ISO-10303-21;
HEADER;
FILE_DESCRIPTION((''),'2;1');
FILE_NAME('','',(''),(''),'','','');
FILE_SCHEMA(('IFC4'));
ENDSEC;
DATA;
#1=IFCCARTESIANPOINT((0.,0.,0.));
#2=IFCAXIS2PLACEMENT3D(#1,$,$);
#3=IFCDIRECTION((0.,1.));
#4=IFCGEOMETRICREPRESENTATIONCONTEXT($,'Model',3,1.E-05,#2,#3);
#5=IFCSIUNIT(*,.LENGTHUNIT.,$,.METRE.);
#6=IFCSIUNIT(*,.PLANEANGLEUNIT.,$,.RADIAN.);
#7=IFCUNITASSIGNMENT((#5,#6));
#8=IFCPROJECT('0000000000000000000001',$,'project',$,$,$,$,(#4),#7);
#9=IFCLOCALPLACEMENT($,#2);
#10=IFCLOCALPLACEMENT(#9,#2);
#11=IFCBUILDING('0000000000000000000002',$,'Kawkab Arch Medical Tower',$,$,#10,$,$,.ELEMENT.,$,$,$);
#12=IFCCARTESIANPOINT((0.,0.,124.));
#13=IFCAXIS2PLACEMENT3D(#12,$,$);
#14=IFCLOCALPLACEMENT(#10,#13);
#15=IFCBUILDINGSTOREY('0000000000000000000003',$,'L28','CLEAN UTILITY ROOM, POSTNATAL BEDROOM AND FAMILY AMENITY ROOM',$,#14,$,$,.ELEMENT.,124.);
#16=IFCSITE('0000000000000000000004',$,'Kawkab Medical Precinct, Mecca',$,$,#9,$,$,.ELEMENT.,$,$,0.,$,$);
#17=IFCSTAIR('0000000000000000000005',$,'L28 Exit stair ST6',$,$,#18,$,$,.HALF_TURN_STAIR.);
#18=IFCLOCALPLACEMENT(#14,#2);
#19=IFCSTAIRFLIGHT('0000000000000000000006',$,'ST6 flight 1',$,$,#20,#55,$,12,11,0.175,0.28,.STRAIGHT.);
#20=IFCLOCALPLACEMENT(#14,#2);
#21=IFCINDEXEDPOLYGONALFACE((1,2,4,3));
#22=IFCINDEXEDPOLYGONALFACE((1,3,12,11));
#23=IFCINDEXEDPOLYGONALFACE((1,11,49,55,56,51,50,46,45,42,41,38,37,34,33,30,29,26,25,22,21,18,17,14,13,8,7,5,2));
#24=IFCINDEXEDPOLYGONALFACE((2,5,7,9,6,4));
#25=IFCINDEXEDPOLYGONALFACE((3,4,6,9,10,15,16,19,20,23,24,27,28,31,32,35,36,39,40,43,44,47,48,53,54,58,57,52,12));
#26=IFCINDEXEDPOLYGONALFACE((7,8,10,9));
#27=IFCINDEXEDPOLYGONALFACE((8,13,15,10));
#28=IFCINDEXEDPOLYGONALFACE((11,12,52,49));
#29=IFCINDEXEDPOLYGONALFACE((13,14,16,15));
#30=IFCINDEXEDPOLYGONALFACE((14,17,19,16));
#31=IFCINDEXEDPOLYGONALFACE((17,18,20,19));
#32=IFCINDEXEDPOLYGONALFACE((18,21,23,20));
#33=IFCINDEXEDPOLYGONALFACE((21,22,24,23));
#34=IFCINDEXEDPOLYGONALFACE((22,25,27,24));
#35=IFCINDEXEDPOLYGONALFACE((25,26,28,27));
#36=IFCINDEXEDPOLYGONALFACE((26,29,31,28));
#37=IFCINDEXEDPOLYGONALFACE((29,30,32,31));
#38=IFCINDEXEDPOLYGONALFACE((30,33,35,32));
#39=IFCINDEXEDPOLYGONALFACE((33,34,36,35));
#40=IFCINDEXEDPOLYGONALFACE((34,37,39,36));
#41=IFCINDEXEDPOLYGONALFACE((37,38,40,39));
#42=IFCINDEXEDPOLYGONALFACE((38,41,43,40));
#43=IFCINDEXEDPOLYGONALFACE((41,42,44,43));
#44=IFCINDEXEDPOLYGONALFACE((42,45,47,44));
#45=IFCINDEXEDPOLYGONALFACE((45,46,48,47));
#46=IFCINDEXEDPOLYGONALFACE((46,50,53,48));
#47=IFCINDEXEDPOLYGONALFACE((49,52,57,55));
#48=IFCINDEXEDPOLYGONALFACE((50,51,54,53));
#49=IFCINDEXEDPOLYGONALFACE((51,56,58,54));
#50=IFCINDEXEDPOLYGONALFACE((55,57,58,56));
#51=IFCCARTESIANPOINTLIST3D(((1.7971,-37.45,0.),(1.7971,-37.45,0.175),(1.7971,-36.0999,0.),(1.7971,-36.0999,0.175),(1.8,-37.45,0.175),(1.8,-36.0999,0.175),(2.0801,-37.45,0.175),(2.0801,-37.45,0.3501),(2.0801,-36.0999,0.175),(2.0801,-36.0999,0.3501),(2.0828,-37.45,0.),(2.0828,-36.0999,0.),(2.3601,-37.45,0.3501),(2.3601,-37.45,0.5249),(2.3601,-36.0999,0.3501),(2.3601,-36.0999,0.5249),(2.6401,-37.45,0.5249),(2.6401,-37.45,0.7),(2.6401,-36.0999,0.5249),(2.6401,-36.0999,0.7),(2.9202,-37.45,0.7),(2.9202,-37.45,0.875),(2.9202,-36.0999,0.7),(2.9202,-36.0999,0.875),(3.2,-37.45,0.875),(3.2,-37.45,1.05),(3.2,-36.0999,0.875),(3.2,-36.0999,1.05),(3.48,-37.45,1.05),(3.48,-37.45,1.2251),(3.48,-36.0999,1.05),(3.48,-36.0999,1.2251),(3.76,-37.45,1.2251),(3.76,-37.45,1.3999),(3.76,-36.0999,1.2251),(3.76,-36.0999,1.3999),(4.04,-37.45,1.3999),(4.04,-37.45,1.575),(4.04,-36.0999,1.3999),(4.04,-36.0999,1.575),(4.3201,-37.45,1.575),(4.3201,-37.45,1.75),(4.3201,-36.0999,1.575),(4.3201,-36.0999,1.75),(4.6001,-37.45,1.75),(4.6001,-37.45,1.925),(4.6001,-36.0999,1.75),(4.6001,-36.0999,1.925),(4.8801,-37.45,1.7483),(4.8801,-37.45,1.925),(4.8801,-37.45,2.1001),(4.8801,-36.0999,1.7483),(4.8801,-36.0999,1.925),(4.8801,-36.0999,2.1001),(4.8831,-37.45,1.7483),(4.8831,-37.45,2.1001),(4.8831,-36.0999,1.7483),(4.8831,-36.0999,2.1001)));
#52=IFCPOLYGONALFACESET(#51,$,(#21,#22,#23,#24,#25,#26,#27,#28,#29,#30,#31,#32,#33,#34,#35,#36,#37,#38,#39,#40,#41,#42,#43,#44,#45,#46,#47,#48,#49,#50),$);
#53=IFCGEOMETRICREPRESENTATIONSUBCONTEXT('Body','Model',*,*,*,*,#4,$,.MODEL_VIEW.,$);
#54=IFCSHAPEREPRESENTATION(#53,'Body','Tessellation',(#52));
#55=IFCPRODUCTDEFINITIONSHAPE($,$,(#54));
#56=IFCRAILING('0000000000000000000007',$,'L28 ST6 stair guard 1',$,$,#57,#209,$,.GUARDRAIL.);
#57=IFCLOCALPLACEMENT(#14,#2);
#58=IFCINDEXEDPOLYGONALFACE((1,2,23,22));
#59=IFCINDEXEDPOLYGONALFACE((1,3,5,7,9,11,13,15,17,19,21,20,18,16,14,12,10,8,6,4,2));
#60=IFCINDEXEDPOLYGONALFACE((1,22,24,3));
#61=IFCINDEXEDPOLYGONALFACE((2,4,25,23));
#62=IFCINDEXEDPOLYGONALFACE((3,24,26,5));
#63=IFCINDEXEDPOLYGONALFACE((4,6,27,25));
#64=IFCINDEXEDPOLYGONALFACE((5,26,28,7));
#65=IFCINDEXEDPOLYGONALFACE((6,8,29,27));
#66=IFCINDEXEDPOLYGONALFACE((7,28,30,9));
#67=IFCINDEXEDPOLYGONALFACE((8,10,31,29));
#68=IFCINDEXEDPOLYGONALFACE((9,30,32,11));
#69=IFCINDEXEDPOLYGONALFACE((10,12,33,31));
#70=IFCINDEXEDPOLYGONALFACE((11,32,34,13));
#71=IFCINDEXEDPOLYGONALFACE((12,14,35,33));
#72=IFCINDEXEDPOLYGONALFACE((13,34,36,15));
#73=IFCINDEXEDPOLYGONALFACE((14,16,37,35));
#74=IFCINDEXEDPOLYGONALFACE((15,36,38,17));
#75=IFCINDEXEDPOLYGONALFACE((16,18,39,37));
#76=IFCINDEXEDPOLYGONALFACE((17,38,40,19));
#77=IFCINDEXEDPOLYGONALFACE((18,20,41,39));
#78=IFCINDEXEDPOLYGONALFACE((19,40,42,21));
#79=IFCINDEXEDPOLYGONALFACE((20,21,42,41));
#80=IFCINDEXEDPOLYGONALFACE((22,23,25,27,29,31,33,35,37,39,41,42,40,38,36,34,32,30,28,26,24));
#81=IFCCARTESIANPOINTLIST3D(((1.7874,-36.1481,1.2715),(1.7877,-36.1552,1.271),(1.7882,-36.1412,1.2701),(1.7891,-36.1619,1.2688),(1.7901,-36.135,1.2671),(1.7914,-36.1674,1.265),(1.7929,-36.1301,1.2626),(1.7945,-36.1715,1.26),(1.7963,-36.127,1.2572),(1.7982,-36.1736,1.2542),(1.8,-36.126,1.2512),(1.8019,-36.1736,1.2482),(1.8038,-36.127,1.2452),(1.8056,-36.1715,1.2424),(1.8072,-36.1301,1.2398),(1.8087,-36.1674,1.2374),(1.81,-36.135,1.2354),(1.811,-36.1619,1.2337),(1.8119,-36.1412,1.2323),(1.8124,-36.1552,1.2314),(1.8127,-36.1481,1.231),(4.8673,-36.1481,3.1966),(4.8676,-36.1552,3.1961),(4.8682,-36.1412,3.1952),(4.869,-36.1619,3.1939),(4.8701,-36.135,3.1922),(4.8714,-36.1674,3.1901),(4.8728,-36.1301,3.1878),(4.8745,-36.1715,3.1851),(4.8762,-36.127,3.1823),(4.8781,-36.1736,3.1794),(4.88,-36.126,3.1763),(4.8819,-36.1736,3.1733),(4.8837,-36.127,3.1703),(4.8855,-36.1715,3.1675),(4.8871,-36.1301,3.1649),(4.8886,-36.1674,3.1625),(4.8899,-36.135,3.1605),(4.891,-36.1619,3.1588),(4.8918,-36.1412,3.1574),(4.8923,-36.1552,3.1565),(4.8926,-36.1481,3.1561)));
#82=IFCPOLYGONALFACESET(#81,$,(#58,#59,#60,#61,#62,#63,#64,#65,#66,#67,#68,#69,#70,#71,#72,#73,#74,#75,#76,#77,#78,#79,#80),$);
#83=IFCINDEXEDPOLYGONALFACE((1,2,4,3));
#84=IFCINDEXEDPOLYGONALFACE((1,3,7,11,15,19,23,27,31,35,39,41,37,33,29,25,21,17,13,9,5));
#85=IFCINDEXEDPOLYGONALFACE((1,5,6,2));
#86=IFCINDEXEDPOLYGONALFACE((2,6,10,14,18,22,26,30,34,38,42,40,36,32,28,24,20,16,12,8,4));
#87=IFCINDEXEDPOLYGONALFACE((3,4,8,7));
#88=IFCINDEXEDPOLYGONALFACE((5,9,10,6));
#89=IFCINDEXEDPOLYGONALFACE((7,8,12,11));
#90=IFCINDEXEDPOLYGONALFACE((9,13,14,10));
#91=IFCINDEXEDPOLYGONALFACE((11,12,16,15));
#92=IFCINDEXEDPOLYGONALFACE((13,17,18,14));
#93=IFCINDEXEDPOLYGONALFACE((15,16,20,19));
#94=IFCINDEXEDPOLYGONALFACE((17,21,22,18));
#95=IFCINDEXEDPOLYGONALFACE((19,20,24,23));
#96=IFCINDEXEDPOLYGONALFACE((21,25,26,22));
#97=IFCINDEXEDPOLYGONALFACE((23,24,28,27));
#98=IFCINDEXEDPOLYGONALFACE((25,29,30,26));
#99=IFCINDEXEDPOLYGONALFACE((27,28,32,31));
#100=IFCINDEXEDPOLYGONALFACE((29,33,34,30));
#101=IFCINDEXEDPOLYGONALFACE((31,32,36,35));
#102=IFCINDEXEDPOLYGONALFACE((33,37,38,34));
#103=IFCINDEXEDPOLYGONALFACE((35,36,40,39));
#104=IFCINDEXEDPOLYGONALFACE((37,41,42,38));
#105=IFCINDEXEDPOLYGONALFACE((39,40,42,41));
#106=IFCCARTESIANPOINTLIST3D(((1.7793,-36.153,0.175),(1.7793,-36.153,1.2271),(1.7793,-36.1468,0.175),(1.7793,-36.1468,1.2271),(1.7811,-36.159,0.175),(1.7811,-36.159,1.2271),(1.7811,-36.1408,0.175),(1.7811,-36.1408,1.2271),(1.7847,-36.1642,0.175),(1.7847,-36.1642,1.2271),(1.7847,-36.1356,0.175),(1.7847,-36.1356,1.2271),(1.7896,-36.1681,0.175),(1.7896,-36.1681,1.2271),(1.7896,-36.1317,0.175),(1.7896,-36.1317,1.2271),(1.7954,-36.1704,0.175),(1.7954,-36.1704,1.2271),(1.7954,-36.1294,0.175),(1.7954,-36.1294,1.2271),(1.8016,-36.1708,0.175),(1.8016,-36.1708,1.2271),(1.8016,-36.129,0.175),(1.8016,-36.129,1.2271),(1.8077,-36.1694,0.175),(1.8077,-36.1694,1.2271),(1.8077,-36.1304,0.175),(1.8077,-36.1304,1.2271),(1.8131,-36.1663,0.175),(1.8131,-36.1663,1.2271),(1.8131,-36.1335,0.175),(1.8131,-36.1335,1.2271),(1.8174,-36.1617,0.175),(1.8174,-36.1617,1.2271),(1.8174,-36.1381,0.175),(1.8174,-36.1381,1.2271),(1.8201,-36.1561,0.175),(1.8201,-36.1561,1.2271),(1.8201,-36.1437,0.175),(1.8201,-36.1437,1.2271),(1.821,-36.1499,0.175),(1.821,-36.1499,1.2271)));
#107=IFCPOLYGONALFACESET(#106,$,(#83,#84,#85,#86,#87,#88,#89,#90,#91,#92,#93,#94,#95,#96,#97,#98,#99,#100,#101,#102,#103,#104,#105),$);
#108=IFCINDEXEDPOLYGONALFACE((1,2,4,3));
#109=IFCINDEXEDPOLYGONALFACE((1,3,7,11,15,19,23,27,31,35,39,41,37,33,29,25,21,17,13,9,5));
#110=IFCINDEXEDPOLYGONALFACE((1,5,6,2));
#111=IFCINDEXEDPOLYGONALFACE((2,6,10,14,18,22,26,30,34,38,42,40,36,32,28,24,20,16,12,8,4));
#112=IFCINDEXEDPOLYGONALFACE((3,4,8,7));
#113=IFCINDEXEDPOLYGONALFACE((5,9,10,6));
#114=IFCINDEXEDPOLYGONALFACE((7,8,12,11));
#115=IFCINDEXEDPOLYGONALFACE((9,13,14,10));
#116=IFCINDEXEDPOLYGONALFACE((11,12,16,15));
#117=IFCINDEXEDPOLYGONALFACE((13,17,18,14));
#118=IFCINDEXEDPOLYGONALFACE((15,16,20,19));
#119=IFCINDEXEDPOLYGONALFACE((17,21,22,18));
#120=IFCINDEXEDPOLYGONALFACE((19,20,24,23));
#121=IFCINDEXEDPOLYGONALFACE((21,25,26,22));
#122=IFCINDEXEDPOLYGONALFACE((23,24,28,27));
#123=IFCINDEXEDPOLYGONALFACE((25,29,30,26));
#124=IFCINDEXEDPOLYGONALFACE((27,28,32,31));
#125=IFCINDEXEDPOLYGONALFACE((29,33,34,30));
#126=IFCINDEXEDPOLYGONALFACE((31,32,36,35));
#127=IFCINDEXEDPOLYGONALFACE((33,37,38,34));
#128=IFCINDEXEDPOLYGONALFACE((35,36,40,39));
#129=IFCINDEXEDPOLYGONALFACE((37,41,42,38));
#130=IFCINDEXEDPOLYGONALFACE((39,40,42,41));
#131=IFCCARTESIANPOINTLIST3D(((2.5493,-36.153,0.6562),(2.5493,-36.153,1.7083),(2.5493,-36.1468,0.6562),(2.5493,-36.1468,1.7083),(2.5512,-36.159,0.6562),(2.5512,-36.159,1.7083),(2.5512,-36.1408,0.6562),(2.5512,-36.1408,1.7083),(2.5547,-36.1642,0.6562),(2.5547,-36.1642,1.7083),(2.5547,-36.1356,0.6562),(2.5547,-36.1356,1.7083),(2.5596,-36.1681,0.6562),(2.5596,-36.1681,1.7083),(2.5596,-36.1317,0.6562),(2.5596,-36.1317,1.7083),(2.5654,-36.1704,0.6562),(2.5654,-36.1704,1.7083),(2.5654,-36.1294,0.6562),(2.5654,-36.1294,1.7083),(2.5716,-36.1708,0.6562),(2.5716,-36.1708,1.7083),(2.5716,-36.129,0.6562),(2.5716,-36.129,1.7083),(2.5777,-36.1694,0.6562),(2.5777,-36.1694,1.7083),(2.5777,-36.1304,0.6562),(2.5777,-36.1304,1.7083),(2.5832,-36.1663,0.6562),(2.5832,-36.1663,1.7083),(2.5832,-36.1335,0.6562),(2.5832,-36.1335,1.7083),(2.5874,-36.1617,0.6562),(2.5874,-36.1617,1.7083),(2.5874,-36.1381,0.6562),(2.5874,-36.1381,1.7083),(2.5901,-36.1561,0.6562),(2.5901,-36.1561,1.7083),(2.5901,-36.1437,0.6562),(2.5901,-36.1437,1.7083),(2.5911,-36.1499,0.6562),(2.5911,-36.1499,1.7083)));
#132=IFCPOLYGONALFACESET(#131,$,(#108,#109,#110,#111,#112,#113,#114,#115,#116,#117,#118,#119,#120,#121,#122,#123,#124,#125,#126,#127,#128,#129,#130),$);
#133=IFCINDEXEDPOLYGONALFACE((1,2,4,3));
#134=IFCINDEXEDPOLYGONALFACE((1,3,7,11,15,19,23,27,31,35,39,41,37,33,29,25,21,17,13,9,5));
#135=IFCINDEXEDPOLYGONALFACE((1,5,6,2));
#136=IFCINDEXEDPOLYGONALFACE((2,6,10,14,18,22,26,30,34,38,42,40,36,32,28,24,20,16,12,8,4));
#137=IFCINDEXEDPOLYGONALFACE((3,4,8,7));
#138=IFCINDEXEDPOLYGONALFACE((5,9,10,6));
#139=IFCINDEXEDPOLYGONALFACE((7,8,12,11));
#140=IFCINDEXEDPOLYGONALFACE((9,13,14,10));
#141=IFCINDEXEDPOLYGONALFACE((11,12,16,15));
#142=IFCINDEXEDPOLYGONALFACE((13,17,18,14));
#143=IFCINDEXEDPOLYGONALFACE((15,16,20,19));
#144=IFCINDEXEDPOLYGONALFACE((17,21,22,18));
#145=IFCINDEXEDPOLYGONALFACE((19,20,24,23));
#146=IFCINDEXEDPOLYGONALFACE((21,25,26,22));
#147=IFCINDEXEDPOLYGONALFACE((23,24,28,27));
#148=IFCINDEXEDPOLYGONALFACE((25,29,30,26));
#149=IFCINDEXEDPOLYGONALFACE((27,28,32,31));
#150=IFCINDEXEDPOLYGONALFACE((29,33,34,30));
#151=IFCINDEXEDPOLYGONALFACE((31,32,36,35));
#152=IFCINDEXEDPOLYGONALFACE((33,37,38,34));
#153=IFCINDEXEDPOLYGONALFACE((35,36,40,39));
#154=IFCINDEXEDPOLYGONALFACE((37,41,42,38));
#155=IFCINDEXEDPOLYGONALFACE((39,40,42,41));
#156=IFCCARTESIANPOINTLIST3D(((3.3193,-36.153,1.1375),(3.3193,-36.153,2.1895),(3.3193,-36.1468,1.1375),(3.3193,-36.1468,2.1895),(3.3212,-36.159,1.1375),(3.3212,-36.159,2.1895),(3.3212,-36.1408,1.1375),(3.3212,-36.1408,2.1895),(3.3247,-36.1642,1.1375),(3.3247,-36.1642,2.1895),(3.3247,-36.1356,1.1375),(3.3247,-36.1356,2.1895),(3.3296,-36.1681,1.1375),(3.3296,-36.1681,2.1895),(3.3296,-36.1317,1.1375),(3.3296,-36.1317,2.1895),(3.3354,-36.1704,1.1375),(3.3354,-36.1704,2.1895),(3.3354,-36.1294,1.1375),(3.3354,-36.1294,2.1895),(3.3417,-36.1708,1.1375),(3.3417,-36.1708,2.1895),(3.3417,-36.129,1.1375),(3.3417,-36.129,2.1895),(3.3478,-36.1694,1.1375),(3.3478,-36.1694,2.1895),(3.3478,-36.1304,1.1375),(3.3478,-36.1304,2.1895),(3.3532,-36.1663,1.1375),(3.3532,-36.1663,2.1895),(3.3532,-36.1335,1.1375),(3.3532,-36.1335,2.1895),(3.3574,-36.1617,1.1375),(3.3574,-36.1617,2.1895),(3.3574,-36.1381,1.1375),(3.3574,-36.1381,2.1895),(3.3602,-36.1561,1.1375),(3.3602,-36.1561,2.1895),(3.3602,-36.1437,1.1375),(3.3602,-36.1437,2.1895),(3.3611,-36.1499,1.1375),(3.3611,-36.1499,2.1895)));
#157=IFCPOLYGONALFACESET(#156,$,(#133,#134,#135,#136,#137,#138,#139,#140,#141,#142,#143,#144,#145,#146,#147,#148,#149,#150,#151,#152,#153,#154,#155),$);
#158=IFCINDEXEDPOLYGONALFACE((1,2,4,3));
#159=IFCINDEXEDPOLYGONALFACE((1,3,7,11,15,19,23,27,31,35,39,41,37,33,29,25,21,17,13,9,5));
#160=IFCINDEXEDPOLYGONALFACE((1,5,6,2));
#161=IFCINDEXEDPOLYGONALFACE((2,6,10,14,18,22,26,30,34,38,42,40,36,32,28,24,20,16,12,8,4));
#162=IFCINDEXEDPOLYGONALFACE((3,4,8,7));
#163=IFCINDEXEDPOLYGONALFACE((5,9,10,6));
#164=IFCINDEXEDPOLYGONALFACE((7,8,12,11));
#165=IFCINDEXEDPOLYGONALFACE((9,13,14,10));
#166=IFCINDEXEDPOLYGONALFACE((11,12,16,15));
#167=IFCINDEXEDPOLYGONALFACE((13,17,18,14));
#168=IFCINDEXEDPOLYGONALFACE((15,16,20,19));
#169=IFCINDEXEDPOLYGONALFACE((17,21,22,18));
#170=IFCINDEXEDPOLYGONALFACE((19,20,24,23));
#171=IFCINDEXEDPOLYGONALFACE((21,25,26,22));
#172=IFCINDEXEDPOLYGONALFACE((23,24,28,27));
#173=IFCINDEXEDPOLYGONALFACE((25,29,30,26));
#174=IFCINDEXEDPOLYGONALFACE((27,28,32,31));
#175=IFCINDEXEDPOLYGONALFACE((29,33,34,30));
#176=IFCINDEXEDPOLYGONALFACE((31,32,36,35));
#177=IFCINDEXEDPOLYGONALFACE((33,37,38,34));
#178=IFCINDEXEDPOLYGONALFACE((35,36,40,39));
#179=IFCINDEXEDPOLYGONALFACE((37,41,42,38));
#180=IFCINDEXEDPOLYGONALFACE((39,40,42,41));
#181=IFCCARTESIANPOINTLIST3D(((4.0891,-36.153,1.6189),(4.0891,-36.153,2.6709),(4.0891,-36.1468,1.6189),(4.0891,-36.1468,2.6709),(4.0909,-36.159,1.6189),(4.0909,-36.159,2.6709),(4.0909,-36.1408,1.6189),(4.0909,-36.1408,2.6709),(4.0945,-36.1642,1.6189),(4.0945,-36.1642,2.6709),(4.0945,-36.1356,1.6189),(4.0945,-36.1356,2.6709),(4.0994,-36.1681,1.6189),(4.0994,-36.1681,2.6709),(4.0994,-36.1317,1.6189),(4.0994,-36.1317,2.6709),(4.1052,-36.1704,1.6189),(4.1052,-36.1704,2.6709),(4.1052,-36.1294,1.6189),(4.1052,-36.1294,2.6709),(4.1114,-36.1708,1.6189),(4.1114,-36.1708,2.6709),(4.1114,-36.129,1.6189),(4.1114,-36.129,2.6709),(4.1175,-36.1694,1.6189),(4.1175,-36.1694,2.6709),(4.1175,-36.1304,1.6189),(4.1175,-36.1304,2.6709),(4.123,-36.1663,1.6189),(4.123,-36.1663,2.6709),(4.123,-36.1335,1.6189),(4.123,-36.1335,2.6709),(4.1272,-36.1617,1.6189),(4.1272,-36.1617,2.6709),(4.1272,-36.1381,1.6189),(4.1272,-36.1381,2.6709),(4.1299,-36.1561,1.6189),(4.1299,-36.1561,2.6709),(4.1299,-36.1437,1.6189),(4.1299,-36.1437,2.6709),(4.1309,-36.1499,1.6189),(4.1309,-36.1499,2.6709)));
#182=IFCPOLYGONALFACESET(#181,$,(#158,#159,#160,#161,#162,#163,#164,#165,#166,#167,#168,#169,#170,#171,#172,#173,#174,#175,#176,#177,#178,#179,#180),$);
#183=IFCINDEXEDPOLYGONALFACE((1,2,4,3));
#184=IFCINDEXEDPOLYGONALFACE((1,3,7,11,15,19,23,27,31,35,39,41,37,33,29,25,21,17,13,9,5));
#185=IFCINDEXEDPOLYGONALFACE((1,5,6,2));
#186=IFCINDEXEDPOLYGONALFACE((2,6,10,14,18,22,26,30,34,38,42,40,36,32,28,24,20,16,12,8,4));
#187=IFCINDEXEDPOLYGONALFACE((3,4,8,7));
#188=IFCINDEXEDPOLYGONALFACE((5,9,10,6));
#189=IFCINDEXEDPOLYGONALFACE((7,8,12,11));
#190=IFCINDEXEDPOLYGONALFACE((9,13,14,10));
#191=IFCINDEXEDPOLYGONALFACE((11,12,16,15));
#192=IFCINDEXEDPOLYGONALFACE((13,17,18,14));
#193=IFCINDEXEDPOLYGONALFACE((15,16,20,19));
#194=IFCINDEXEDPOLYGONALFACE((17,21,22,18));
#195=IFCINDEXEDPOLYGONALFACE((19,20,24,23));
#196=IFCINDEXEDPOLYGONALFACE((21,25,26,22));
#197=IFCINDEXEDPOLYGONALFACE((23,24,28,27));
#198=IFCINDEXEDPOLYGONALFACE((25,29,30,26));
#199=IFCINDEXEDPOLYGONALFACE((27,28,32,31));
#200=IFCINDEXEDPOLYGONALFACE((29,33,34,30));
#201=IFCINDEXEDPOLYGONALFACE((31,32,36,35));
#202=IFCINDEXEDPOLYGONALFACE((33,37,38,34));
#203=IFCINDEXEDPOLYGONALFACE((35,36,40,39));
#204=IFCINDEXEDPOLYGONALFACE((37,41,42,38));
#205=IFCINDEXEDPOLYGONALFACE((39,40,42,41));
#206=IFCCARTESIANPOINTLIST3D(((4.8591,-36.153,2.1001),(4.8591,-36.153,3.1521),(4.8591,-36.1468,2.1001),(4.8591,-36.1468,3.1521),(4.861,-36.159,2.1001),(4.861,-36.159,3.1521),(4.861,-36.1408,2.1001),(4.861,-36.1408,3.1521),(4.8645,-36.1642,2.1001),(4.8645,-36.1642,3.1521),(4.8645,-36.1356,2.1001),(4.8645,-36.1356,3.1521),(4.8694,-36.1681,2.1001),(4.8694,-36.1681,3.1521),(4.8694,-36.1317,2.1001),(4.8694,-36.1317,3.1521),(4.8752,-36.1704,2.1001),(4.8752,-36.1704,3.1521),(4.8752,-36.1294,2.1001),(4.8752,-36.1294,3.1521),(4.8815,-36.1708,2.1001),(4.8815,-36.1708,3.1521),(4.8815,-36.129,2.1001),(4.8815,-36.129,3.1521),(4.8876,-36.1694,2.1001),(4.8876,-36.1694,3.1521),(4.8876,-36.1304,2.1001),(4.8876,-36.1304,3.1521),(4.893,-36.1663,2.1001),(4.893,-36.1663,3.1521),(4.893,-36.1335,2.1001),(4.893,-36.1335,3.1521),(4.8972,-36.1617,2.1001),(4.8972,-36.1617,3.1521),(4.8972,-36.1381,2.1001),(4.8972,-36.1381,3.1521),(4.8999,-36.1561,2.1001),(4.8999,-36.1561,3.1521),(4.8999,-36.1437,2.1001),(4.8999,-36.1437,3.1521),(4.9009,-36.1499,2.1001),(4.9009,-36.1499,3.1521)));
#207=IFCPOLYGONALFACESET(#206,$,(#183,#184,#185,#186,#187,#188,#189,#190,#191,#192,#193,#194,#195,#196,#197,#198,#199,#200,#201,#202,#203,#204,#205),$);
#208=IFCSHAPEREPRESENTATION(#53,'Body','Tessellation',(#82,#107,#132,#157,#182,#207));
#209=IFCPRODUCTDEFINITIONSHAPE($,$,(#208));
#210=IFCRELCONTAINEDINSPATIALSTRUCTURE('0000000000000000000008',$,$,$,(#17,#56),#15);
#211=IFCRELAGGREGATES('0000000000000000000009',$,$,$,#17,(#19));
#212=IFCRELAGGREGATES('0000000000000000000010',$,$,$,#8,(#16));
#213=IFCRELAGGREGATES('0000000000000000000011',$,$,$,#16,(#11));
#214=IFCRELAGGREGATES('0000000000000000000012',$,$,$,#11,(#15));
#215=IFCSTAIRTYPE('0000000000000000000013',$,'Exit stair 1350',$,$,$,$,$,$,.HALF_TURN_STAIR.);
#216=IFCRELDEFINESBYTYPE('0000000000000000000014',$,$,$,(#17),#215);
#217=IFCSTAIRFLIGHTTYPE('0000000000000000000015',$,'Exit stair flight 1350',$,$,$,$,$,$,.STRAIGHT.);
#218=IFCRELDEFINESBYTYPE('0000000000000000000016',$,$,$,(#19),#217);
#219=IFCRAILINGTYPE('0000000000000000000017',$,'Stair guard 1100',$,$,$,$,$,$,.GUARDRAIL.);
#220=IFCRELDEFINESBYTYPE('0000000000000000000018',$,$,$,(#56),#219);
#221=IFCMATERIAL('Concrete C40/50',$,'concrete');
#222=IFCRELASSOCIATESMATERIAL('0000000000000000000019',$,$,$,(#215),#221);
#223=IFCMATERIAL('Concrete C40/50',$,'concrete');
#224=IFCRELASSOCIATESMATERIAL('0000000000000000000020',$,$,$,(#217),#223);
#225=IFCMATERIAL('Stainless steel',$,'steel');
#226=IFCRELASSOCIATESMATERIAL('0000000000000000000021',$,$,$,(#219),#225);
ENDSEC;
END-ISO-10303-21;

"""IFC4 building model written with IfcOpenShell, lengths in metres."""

from ifc_helpers import new_model, si_unit, direction, frame, origin, origin_2d, place, context, subcontext, project, spatial, polyline, circle, outline, extrude, material, type_object, element, aggregate, save


model = new_model("IFC4")

# Units and contexts
model_context = context("Model", 3, precision=1e-05, world=origin(), true_north=direction((0.0, 1.0)))
body_context = subcontext(model_context, "Body", "Model", "MODEL_VIEW")
ifc_project = project(units=[si_unit("LENGTHUNIT", "METRE"), si_unit("PLANEANGLEUNIT", "RADIAN")], contexts=[model_context])

# Site, building, storey
site_placement = place(None, origin())
site = spatial("IfcSite", under=ifc_project, at=site_placement, Name="Kawkab Medical Precinct, Mecca", CompositionType="ELEMENT", RefElevation=0.0)
building_placement = place(site_placement, origin())
building = spatial("IfcBuilding", under=site, at=building_placement, Name="Kawkab Arch Medical Tower", CompositionType="ELEMENT")
storey_placement = place(building_placement, frame((0.0, 0.0, 124.0)))
storey = spatial("IfcBuildingStorey", under=building, at=storey_placement, Name="L28", Description="CLEAN UTILITY ROOM, POSTNATAL BEDROOM AND FAMILY AMENITY ROOM", CompositionType="ELEMENT", Elevation=124.0)

# Stair, stair flight
ifc_material_1 = material(Name="Concrete C40/50", Category="concrete")
stair_type = type_object("IfcStairType", Name="Exit stair 1350", PredefinedType="HALF_TURN_STAIR", material=ifc_material_1)
stair_placement = place(storey_placement, origin())
stair = element("IfcStair", 1, at=stair_placement, inside=storey, type_object=stair_type, Name="L28 Exit stair ST6", PredefinedType="HALF_TURN_STAIR")
ifc_material_2 = material(Name="Concrete C40/50", Category="concrete")
stair_flight_type = type_object("IfcStairFlightType", Name="Exit stair flight 1350", PredefinedType="STRAIGHT", material=ifc_material_2)
stair_flight_placement = place(storey_placement, frame((1.8, -36.7749, 0.0), z_axis=(0.0, 0.0, 1.0), x_axis=(1.0, 0.0, 0.0)))
stair_flight = element("IfcStairFlight", 2, at=stair_flight_placement, type_object=stair_flight_type, Name="ST6 flight 1", NumberOfRisers=12, NumberOfTreads=11, PredefinedType="STRAIGHT", RiserHeight=0.175, TreadLength=0.28, context=body_context, shape_type="SweptSolid", body=[
    extrude(outline(polyline([(-0.0029, 0.0), (-0.0029, 0.175), (0.0, 0.175), (0.28, 0.175), (0.28, 0.3501), (0.5601, 0.3501), (0.5601, 0.5249), (0.8401, 0.5249), (0.8401, 0.7), (1.1201, 0.7), (1.1201, 0.875), (1.3999, 0.875), (1.3999, 1.05), (1.6799, 1.05), (1.6799, 1.2251), (1.96, 1.2251), (1.96, 1.3999), (2.24, 1.3999), (2.24, 1.575), (2.52, 1.575), (2.52, 1.75), (2.8, 1.75), (2.8, 1.925), (3.0801, 1.925), (3.0801, 2.1001), (3.083, 2.1001), (3.083, 1.7483), (3.0801, 1.7483), (0.2827, 0.0), (-0.0029, 0.0)])), frame((0.0, 0.675, 0.0), z_axis=(0.0, -1.0, 0.0), x_axis=(1.0, 0.0, 0.0)), (0.0, 0.0, 1.0), 1.3501),
])
aggregate(stair, [stair_flight])

# Railing
ifc_material_3 = material(Name="Stainless steel", Category="steel")
railing_type = type_object("IfcRailingType", Name="Stair guard 1100", PredefinedType="GUARDRAIL", material=ifc_material_3)
railing_1_placement = place(storey_placement, frame((1.8, -36.1499, 0.175)))
element("IfcRailing", 3, at=railing_1_placement, inside=storey, type_object=railing_type, Name="L28 ST6 stair guard 1", PredefinedType="GUARDRAIL", context=body_context, shape_type="SweptSolid", body=[
    extrude(circle(Radius=0.0239, at=origin_2d()), frame((0.0, 0.0, 1.0762), z_axis=(0.847979, 0.0, 0.530029), x_axis=(0.0, 1.0, 0.0)), (0.0, 0.0, 1.0), 3.6321),
    extrude(circle(Radius=0.021, at=origin_2d()), origin(), (0.0, 0.0, 1.0), 1.052),
    extrude(circle(Radius=0.021, at=origin_2d()), frame((0.77, 0.0, 0.4812)), (0.0, 0.0, 1.0), 1.052),
    extrude(circle(Radius=0.021, at=origin_2d()), frame((1.54, 0.0, 0.9624)), (0.0, 0.0, 1.0), 1.052),
    extrude(circle(Radius=0.021, at=origin_2d()), frame((2.3098, 0.0, 1.4438)), (0.0, 0.0, 1.0), 1.052),
    extrude(circle(Radius=0.021, at=origin_2d()), frame((3.0798, 0.0, 1.925)), (0.0, 0.0, 1.0), 1.052),
])

save(model, "model.ifc")
